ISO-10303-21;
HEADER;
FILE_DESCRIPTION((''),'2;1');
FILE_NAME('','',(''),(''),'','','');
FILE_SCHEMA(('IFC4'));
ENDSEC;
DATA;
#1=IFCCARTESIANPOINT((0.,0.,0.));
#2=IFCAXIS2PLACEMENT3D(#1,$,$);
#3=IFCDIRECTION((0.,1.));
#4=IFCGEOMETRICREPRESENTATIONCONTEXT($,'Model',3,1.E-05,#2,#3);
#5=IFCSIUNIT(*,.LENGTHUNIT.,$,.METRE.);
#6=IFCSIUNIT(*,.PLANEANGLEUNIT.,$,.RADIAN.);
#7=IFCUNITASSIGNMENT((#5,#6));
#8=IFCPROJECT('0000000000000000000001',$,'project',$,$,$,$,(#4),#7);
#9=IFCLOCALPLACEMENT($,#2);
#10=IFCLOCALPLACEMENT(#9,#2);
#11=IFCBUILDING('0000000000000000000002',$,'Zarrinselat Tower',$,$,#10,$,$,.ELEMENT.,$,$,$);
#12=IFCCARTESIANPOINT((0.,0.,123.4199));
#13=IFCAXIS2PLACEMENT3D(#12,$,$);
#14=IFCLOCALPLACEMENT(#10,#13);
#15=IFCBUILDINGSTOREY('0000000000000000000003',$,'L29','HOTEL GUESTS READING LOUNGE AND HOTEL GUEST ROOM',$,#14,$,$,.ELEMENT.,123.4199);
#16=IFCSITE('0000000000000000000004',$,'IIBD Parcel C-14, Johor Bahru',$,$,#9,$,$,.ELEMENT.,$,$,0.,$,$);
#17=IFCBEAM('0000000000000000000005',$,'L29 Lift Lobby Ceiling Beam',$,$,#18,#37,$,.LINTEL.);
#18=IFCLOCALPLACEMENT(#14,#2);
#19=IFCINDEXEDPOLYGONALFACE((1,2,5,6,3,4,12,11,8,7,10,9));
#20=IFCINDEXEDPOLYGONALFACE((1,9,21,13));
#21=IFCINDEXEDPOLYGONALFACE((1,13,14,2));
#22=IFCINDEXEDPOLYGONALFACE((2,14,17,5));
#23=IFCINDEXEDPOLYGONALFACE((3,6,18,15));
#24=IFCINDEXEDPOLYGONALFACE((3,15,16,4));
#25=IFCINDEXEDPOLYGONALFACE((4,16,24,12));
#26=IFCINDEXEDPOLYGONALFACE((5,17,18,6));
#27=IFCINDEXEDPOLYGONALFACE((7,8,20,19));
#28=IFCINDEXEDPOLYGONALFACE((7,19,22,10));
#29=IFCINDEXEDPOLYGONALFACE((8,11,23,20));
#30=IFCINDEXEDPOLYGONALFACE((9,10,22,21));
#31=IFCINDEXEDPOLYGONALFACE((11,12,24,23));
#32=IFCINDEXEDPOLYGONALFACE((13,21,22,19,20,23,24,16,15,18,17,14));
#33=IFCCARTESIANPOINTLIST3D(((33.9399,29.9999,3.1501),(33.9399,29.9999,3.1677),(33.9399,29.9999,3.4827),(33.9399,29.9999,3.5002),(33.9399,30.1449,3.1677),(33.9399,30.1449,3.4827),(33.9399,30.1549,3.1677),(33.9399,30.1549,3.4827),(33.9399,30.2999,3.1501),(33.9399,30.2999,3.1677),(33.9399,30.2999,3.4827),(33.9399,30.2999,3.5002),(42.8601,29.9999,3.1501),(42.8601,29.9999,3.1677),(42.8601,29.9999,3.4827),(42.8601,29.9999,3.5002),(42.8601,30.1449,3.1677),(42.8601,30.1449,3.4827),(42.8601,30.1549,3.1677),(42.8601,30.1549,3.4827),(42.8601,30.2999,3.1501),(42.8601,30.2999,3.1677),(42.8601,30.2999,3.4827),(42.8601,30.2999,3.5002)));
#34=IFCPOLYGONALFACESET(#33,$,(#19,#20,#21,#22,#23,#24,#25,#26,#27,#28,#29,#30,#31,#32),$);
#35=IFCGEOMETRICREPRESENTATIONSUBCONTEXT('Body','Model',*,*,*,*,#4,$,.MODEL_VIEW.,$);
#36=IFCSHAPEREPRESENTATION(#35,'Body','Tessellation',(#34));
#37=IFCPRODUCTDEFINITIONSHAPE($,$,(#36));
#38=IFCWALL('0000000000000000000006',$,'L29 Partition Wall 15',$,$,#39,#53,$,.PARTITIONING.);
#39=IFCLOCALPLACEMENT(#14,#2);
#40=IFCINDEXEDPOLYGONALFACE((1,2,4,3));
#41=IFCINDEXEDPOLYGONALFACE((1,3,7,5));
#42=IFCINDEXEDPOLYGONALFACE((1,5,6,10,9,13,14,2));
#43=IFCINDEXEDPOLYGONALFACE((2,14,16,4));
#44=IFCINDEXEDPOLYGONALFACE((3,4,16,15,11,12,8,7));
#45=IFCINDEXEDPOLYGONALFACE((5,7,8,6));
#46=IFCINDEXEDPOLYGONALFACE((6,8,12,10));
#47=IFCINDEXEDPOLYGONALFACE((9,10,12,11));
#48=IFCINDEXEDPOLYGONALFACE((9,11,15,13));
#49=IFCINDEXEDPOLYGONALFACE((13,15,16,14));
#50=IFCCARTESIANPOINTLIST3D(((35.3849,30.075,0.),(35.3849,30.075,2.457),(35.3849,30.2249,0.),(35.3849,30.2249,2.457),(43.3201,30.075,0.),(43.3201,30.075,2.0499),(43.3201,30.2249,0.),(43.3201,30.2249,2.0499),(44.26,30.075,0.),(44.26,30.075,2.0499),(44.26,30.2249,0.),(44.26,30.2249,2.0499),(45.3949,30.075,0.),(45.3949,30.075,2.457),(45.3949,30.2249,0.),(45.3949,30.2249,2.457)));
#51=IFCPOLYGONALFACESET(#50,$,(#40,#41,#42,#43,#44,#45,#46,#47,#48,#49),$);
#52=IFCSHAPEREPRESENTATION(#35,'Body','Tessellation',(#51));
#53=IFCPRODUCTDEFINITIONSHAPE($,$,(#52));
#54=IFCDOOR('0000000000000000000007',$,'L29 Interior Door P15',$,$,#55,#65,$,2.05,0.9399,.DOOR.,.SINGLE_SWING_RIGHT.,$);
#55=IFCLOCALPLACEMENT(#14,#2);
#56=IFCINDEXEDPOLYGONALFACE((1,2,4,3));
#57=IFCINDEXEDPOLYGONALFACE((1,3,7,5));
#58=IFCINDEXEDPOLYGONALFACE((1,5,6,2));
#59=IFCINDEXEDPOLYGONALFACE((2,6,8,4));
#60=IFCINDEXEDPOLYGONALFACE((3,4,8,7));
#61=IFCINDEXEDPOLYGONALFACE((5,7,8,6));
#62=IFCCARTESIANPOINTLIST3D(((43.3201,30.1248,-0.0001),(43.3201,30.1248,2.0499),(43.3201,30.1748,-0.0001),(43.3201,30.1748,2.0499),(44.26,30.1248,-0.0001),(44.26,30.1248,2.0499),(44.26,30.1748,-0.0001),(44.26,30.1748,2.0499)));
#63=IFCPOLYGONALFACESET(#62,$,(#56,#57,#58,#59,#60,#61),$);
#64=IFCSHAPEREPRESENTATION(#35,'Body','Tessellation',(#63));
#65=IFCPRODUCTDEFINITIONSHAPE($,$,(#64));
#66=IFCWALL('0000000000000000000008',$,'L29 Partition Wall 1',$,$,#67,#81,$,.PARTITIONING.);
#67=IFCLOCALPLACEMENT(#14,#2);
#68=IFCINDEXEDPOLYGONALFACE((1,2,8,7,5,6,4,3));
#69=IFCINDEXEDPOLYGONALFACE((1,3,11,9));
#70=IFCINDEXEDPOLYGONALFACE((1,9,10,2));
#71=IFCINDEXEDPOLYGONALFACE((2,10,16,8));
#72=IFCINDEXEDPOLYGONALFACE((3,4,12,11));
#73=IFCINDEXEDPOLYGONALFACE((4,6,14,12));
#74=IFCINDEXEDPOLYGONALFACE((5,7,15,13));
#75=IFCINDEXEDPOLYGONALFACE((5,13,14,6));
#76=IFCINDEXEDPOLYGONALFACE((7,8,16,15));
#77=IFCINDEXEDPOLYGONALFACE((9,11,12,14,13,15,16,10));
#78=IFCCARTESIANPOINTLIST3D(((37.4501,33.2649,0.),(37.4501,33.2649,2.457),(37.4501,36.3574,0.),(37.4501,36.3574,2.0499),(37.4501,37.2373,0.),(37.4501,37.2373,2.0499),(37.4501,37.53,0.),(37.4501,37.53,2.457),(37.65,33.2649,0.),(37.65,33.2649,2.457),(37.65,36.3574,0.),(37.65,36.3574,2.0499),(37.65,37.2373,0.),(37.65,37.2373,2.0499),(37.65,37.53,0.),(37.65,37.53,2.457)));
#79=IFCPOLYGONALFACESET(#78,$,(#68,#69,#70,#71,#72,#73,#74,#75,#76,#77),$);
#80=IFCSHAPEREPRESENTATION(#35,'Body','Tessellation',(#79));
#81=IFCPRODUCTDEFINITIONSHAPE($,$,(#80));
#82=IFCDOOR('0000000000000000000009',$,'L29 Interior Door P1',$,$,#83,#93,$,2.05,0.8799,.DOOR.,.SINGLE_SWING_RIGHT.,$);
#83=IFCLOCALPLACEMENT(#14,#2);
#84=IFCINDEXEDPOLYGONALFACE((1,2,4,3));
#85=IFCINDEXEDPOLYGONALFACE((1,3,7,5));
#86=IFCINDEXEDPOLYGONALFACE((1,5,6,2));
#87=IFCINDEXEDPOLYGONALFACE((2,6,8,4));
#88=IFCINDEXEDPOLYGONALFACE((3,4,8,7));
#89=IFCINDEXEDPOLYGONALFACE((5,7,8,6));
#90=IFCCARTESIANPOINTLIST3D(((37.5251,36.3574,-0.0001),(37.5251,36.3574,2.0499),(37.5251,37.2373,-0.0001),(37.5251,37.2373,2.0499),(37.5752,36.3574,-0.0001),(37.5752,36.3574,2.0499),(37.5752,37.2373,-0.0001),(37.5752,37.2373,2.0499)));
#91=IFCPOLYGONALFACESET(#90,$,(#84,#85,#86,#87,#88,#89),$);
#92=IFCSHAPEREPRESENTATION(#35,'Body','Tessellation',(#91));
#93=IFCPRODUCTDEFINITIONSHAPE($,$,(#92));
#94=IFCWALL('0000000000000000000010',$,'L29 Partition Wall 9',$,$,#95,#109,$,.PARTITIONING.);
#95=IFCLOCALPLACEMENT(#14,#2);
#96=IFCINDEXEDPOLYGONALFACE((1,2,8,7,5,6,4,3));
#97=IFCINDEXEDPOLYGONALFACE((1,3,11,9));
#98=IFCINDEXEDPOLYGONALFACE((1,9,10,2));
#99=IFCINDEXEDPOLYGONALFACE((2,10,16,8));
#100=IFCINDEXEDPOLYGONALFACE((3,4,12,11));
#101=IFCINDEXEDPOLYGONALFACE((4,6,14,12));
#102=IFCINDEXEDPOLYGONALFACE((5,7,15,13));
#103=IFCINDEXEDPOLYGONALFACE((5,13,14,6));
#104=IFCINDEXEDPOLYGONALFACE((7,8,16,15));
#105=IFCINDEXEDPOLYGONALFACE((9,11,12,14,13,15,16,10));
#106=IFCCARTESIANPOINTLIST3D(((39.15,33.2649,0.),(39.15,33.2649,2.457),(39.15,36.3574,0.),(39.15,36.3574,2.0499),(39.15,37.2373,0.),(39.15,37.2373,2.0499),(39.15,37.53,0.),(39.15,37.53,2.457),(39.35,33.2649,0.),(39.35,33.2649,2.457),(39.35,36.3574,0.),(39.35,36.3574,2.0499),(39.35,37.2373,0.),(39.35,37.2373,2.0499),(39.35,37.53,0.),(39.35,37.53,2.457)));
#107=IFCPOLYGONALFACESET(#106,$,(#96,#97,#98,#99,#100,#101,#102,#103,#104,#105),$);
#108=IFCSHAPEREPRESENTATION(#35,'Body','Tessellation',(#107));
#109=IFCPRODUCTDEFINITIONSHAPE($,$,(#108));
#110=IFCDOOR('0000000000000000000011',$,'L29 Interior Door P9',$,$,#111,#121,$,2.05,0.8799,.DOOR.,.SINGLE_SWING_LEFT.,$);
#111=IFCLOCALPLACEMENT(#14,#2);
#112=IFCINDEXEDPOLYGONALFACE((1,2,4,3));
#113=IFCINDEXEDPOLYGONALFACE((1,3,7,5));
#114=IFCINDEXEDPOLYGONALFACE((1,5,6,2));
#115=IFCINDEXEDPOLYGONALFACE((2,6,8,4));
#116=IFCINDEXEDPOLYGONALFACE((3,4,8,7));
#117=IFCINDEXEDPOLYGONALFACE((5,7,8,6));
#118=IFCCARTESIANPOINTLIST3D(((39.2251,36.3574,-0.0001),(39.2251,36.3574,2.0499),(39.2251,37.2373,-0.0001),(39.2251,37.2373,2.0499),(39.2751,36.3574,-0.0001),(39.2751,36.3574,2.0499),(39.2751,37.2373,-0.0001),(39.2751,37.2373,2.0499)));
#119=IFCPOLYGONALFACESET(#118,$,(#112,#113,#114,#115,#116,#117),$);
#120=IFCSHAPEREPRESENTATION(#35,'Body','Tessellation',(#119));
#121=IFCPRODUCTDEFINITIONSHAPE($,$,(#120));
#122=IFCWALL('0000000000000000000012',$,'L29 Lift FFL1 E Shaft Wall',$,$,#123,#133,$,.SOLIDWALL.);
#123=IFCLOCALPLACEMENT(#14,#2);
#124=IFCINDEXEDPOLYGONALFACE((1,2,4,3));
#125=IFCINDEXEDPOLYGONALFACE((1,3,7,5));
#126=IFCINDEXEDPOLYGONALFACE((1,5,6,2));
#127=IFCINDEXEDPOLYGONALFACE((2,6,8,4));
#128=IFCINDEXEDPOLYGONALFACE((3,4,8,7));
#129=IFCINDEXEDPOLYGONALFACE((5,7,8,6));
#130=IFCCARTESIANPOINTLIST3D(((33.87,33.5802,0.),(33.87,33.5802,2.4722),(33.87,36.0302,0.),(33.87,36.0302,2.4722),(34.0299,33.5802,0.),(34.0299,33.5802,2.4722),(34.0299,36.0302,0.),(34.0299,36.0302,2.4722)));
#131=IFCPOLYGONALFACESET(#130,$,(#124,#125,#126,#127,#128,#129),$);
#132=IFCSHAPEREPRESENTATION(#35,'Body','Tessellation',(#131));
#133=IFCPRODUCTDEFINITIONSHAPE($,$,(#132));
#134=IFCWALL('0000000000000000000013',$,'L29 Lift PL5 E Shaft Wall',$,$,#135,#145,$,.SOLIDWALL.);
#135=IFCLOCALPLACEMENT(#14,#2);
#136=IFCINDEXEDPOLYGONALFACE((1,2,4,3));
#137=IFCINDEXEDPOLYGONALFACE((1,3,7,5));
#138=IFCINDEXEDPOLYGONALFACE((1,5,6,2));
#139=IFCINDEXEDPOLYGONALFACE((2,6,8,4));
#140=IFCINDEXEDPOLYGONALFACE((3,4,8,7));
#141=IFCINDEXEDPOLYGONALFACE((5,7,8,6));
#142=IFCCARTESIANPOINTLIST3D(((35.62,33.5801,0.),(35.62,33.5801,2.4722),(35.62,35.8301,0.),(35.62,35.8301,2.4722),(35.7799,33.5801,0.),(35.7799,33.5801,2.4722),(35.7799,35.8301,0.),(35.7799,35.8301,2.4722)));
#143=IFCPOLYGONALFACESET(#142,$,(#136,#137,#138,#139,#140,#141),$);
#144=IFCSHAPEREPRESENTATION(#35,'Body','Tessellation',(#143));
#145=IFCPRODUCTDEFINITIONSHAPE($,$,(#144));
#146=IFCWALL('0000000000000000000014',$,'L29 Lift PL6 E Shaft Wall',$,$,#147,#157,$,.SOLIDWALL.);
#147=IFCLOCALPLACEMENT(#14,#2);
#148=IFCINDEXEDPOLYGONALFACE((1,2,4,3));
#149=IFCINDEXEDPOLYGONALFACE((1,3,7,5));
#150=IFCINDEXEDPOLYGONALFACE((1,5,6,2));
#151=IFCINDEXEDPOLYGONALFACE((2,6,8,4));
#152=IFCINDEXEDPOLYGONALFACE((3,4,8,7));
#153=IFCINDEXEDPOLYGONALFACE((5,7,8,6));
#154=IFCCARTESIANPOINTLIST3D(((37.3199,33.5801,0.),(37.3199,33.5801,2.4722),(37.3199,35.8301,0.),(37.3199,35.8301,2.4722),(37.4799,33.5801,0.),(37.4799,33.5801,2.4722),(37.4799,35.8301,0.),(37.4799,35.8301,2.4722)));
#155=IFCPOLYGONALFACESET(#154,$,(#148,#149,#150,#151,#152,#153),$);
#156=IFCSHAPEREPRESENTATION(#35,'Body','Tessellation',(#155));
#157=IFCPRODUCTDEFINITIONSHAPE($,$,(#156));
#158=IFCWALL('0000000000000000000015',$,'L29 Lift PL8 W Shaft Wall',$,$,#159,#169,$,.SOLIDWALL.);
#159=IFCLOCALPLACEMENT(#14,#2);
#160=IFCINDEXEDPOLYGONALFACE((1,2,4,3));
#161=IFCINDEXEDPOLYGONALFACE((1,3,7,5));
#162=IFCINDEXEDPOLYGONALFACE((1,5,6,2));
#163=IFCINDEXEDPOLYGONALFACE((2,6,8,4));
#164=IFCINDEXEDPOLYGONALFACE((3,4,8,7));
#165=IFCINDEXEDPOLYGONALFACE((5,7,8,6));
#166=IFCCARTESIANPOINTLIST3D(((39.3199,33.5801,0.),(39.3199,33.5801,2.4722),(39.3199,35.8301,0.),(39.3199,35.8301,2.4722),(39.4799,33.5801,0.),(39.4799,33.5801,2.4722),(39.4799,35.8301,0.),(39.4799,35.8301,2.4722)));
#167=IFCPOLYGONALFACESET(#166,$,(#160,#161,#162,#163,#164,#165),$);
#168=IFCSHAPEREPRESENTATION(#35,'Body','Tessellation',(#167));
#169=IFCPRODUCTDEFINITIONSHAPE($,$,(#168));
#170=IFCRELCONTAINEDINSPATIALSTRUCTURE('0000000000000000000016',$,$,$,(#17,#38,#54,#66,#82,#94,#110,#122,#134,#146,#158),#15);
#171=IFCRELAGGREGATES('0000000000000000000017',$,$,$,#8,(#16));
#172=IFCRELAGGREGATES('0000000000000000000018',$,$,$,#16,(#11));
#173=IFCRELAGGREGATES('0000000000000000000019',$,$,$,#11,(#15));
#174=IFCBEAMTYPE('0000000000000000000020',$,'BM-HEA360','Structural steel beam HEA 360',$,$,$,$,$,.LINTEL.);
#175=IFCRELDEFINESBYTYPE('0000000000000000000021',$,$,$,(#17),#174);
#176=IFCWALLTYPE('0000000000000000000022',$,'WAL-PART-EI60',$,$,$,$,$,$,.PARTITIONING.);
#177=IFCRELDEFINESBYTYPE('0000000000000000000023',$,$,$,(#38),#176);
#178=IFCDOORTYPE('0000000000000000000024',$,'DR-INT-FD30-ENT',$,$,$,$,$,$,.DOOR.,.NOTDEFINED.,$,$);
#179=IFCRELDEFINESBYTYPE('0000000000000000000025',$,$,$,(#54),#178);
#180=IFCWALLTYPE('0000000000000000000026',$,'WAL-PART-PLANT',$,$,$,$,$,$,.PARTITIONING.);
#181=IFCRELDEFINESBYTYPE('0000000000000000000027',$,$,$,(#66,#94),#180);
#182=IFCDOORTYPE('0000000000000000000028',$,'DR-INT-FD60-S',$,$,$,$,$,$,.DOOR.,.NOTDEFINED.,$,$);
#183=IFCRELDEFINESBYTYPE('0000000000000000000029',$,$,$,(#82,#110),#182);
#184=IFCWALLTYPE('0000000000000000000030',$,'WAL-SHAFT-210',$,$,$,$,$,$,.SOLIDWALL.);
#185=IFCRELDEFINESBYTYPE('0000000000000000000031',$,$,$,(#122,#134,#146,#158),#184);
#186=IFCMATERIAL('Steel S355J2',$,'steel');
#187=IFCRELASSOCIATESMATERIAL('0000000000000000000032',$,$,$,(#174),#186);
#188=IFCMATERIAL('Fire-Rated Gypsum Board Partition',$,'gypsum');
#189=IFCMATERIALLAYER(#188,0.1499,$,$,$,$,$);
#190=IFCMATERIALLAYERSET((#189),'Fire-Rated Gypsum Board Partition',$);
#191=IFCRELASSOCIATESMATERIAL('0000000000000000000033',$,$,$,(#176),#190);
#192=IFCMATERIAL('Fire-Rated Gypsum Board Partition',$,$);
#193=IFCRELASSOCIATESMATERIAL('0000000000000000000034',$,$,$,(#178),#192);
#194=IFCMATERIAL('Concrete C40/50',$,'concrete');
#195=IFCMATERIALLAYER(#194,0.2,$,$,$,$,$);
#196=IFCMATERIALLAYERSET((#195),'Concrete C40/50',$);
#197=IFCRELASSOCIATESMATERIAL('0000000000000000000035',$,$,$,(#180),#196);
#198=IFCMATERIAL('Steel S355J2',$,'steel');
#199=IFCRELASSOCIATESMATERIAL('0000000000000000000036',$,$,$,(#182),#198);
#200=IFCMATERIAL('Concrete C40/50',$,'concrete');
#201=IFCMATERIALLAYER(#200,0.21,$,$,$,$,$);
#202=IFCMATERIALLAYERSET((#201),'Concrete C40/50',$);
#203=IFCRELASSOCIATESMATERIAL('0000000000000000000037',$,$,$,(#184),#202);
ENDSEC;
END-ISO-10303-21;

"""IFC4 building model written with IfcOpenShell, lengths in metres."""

from ifc_helpers import new_model, si_unit, direction, frame, frame_2d, origin, origin_2d, place, context, subcontext, project, spatial, rectangle, i_section, extrude, material, layer, layer_set, material_profile, profile_set, type_object, element, fill, save


model = new_model("IFC4")

# Units and contexts
model_context = context("Model", 3, precision=1e-05, world=origin(), true_north=direction((0.0, 1.0)))
body_context = subcontext(model_context, "Body", "Model", "MODEL_VIEW")
ifc_project = project(units=[si_unit("LENGTHUNIT", "METRE"), si_unit("PLANEANGLEUNIT", "RADIAN")], contexts=[model_context])

# Site, building, storey
site_placement = place(None, origin())
site = spatial("IfcSite", under=ifc_project, at=site_placement, Name="IIBD Parcel C-14, Johor Bahru", CompositionType="ELEMENT", RefElevation=0.0)
building_placement = place(site_placement, origin())
building = spatial("IfcBuilding", under=site, at=building_placement, Name="Zarrinselat Tower", CompositionType="ELEMENT")
storey_placement = place(building_placement, frame((0.0, 0.0, 123.4199)))
storey = spatial("IfcBuildingStorey", under=building, at=storey_placement, Name="L29", Description="HOTEL GUESTS READING LOUNGE AND HOTEL GUEST ROOM", CompositionType="ELEMENT", Elevation=123.4199)

# Beam
ifc_material_1 = material(Name="Steel S355J2", Category="steel")
ifc_material_profile = material_profile(ifc_material_1, i_section(OverallWidth=0.3, OverallDepth=0.3501, WebThickness=0.01, FlangeThickness=0.0176, at=origin_2d()), Name="HEA 360")
ifc_profile_set = profile_set([ifc_material_profile], Name="Steel S355J2")
beam_type = type_object("IfcBeamType", Name="BM-HEA360", Description="Structural steel beam HEA 360", PredefinedType="LINTEL", material=ifc_profile_set)
beam_placement = place(storey_placement, frame((33.9399, 30.1499, 3.3252), z_axis=(1.0, 0.0, 0.0), x_axis=(0.0, 1.0, 0.0)))
element("IfcBeam", 1, at=beam_placement, inside=storey, type_object=beam_type, Name="L29 Lift Lobby Ceiling Beam", PredefinedType="LINTEL", context=body_context, shape_type="SweptSolid", body=[
    extrude(i_section(OverallWidth=0.3, OverallDepth=0.3501, WebThickness=0.01, FlangeThickness=0.0176, at=origin_2d()), origin(), (0.0, 0.0, 1.0), 8.9202),
])

# Walls, openings, doors
ifc_material_2 = material(Name="Fire-Rated Gypsum Board Partition", Category="gypsum")
ifc_layer_1 = layer(ifc_material_2, 0.1499)
ifc_layer_set_1 = layer_set([ifc_layer_1], Name="Fire-Rated Gypsum Board Partition")
wall_type_1 = type_object("IfcWallType", Name="WAL-PART-EI60", PredefinedType="PARTITIONING", material=ifc_layer_set_1)
wall_1_placement = place(storey_placement, frame((35.385, 30.1499, 0.0), z_axis=(0.0, 0.0, 1.0), x_axis=(1.0, 0.0, 0.0)))
wall_1 = element("IfcWall", 2, at=wall_1_placement, inside=storey, type_object=wall_type_1, Name="L29 Partition Wall 15", PredefinedType="PARTITIONING", context=body_context, shape_type="SweptSolid", body=[
    extrude(rectangle(XDim=10.01, YDim=0.1499, at=frame_2d((5.0049, 0.0))), origin(), (0.0, 0.0, 1.0), 2.457),
])
opening_1_placement = place(wall_1_placement, frame((7.9351, 0.0, 0.0)))
opening_1 = element("IfcOpeningElement", 3, at=opening_1_placement, cuts=wall_1, PredefinedType="OPENING", context=body_context, shape_type="SweptSolid", body=[
    extrude(rectangle(XDim=0.9399, YDim=2.05, at=frame_2d((0.47, 1.0249))), frame((0.0, 0.085, 0.0), z_axis=(0.0, -1.0, 0.0), x_axis=(1.0, 0.0, 0.0)), (0.0, 0.0, 1.0), 0.1699),
])
ifc_material_3 = material(Name="Fire-Rated Gypsum Board Partition")
door_type_1 = type_object("IfcDoorType", Name="DR-INT-FD30-ENT", OperationType="NOTDEFINED", PredefinedType="DOOR", material=ifc_material_3)
door_1_placement = place(opening_1_placement, origin())
door_1 = element("IfcDoor", 4, at=door_1_placement, inside=storey, type_object=door_type_1, Name="L29 Interior Door P15", OperationType="SINGLE_SWING_RIGHT", OverallHeight=2.05, OverallWidth=0.9399, PredefinedType="DOOR", context=body_context, shape_type="SweptSolid", body=[
    extrude(rectangle(XDim=0.9399, YDim=2.05, at=frame_2d((0.47, 1.0249))), frame((0.0, 0.0249, 0.0), z_axis=(0.0, -1.0, 0.0), x_axis=(1.0, 0.0, 0.0)), (0.0, 0.0, 1.0), 0.05),
])
fill(opening_1, door_1)
ifc_material_4 = material(Name="Concrete C40/50", Category="concrete")
ifc_layer_2 = layer(ifc_material_4, 0.2)
ifc_layer_set_2 = layer_set([ifc_layer_2], Name="Concrete C40/50")
wall_type_2 = type_object("IfcWallType", Name="WAL-PART-PLANT", PredefinedType="PARTITIONING", material=ifc_layer_set_2)
wall_2_placement = place(storey_placement, frame((37.55, 33.2649, 0.0), z_axis=(0.0, 0.0, 1.0), x_axis=(0.0, 1.0, 0.0)))
wall_2 = element("IfcWall", 5, at=wall_2_placement, inside=storey, type_object=wall_type_2, Name="L29 Partition Wall 1", PredefinedType="PARTITIONING", context=body_context, shape_type="SweptSolid", body=[
    extrude(rectangle(XDim=4.2651, YDim=0.2, at=frame_2d((2.1326, 0.0))), origin(), (0.0, 0.0, 1.0), 2.457),
])
opening_2_placement = place(wall_2_placement, frame((3.0925, 0.0, 0.0)))
opening_2 = element("IfcOpeningElement", 6, at=opening_2_placement, cuts=wall_2, PredefinedType="OPENING", context=body_context, shape_type="SweptSolid", body=[
    extrude(rectangle(XDim=0.8799, YDim=2.05, at=frame_2d((0.4399, 1.0249))), frame((0.0, 0.1099, 0.0), z_axis=(0.0, -1.0, 0.0), x_axis=(1.0, 0.0, 0.0)), (0.0, 0.0, 1.0), 0.22),
])
ifc_material_5 = material(Name="Steel S355J2", Category="steel")
door_type_2 = type_object("IfcDoorType", Name="DR-INT-FD60-S", OperationType="NOTDEFINED", PredefinedType="DOOR", material=ifc_material_5)
door_2_placement = place(opening_2_placement, origin())
door_2 = element("IfcDoor", 7, at=door_2_placement, inside=storey, type_object=door_type_2, Name="L29 Interior Door P1", OperationType="SINGLE_SWING_RIGHT", OverallHeight=2.05, OverallWidth=0.8799, PredefinedType="DOOR", context=body_context, shape_type="SweptSolid", body=[
    extrude(rectangle(XDim=0.8799, YDim=2.05, at=frame_2d((0.4399, 1.0249))), frame((0.0, 0.0249, 0.0), z_axis=(0.0, -1.0, 0.0), x_axis=(1.0, 0.0, 0.0)), (0.0, 0.0, 1.0), 0.05),
])
fill(opening_2, door_2)
wall_3_placement = place(storey_placement, frame((39.25, 33.2649, 0.0), z_axis=(0.0, 0.0, 1.0), x_axis=(0.0, 1.0, 0.0)))
wall_3 = element("IfcWall", 8, at=wall_3_placement, inside=storey, type_object=wall_type_2, Name="L29 Partition Wall 9", PredefinedType="PARTITIONING", context=body_context, shape_type="SweptSolid", body=[
    extrude(rectangle(XDim=4.2651, YDim=0.2, at=frame_2d((2.1326, 0.0))), origin(), (0.0, 0.0, 1.0), 2.457),
])
opening_3_placement = place(wall_3_placement, frame((3.0925, 0.0, 0.0)))
opening_3 = element("IfcOpeningElement", 9, at=opening_3_placement, cuts=wall_3, PredefinedType="OPENING", context=body_context, shape_type="SweptSolid", body=[
    extrude(rectangle(XDim=0.8799, YDim=2.05, at=frame_2d((0.4399, 1.0249))), frame((0.0, 0.1099, 0.0), z_axis=(0.0, -1.0, 0.0), x_axis=(1.0, 0.0, 0.0)), (0.0, 0.0, 1.0), 0.22),
])
door_3_placement = place(opening_3_placement, origin())
door_3 = element("IfcDoor", 10, at=door_3_placement, inside=storey, type_object=door_type_2, Name="L29 Interior Door P9", OperationType="SINGLE_SWING_LEFT", OverallHeight=2.05, OverallWidth=0.8799, PredefinedType="DOOR", context=body_context, shape_type="SweptSolid", body=[
    extrude(rectangle(XDim=0.8799, YDim=2.05, at=frame_2d((0.4399, 1.0249))), frame((0.0, 0.0249, 0.0), z_axis=(0.0, -1.0, 0.0), x_axis=(1.0, 0.0, 0.0)), (0.0, 0.0, 1.0), 0.05),
])
fill(opening_3, door_3)

# Walls
ifc_material_6 = material(Name="Concrete C40/50", Category="concrete")
ifc_layer_3 = layer(ifc_material_6, 0.21)
ifc_layer_set_3 = layer_set([ifc_layer_3], Name="Concrete C40/50")
wall_type_3 = type_object("IfcWallType", Name="WAL-SHAFT-210", PredefinedType="SOLIDWALL", material=ifc_layer_set_3)
wall_4_placement = place(storey_placement, frame((33.95, 33.5801, 0.0), z_axis=(0.0, 0.0, 1.0), x_axis=(0.0, 1.0, 0.0)))
element("IfcWall", 11, at=wall_4_placement, inside=storey, type_object=wall_type_3, Name="L29 Lift FFL1 E Shaft Wall", PredefinedType="SOLIDWALL", context=body_context, shape_type="SweptSolid", body=[
    extrude(rectangle(XDim=2.45, YDim=0.1599, at=frame_2d((1.2251, 0.0))), origin(), (0.0, 0.0, 1.0), 2.4722),
])
for number, where, z_axis, x_axis, name in (
    (12, (35.7, 33.5801, 0.0), (0.0, 0.0, 1.0), (0.0, 1.0, 0.0), "L29 Lift PL5 E Shaft Wall"),
    (13, (37.3999, 33.5801, 0.0), (0.0, 0.0, 1.0), (0.0, 1.0, 0.0), "L29 Lift PL6 E Shaft Wall"),
    (14, (39.3999, 33.5801, 0.0), (0.0, 0.0, 1.0), (0.0, 1.0, 0.0), "L29 Lift PL8 W Shaft Wall"),
):
    element("IfcWall", number, at=place(storey_placement, frame(where, z_axis=z_axis, x_axis=x_axis)), inside=storey, type_object=wall_type_3, Name=name, PredefinedType="SOLIDWALL", context=body_context, shape_type="SweptSolid", body=[
        extrude(rectangle(XDim=2.25, YDim=0.1599, at=frame_2d((1.125, 0.0))), origin(), (0.0, 0.0, 1.0), 2.4722),
    ])

save(model, "model.ifc")
